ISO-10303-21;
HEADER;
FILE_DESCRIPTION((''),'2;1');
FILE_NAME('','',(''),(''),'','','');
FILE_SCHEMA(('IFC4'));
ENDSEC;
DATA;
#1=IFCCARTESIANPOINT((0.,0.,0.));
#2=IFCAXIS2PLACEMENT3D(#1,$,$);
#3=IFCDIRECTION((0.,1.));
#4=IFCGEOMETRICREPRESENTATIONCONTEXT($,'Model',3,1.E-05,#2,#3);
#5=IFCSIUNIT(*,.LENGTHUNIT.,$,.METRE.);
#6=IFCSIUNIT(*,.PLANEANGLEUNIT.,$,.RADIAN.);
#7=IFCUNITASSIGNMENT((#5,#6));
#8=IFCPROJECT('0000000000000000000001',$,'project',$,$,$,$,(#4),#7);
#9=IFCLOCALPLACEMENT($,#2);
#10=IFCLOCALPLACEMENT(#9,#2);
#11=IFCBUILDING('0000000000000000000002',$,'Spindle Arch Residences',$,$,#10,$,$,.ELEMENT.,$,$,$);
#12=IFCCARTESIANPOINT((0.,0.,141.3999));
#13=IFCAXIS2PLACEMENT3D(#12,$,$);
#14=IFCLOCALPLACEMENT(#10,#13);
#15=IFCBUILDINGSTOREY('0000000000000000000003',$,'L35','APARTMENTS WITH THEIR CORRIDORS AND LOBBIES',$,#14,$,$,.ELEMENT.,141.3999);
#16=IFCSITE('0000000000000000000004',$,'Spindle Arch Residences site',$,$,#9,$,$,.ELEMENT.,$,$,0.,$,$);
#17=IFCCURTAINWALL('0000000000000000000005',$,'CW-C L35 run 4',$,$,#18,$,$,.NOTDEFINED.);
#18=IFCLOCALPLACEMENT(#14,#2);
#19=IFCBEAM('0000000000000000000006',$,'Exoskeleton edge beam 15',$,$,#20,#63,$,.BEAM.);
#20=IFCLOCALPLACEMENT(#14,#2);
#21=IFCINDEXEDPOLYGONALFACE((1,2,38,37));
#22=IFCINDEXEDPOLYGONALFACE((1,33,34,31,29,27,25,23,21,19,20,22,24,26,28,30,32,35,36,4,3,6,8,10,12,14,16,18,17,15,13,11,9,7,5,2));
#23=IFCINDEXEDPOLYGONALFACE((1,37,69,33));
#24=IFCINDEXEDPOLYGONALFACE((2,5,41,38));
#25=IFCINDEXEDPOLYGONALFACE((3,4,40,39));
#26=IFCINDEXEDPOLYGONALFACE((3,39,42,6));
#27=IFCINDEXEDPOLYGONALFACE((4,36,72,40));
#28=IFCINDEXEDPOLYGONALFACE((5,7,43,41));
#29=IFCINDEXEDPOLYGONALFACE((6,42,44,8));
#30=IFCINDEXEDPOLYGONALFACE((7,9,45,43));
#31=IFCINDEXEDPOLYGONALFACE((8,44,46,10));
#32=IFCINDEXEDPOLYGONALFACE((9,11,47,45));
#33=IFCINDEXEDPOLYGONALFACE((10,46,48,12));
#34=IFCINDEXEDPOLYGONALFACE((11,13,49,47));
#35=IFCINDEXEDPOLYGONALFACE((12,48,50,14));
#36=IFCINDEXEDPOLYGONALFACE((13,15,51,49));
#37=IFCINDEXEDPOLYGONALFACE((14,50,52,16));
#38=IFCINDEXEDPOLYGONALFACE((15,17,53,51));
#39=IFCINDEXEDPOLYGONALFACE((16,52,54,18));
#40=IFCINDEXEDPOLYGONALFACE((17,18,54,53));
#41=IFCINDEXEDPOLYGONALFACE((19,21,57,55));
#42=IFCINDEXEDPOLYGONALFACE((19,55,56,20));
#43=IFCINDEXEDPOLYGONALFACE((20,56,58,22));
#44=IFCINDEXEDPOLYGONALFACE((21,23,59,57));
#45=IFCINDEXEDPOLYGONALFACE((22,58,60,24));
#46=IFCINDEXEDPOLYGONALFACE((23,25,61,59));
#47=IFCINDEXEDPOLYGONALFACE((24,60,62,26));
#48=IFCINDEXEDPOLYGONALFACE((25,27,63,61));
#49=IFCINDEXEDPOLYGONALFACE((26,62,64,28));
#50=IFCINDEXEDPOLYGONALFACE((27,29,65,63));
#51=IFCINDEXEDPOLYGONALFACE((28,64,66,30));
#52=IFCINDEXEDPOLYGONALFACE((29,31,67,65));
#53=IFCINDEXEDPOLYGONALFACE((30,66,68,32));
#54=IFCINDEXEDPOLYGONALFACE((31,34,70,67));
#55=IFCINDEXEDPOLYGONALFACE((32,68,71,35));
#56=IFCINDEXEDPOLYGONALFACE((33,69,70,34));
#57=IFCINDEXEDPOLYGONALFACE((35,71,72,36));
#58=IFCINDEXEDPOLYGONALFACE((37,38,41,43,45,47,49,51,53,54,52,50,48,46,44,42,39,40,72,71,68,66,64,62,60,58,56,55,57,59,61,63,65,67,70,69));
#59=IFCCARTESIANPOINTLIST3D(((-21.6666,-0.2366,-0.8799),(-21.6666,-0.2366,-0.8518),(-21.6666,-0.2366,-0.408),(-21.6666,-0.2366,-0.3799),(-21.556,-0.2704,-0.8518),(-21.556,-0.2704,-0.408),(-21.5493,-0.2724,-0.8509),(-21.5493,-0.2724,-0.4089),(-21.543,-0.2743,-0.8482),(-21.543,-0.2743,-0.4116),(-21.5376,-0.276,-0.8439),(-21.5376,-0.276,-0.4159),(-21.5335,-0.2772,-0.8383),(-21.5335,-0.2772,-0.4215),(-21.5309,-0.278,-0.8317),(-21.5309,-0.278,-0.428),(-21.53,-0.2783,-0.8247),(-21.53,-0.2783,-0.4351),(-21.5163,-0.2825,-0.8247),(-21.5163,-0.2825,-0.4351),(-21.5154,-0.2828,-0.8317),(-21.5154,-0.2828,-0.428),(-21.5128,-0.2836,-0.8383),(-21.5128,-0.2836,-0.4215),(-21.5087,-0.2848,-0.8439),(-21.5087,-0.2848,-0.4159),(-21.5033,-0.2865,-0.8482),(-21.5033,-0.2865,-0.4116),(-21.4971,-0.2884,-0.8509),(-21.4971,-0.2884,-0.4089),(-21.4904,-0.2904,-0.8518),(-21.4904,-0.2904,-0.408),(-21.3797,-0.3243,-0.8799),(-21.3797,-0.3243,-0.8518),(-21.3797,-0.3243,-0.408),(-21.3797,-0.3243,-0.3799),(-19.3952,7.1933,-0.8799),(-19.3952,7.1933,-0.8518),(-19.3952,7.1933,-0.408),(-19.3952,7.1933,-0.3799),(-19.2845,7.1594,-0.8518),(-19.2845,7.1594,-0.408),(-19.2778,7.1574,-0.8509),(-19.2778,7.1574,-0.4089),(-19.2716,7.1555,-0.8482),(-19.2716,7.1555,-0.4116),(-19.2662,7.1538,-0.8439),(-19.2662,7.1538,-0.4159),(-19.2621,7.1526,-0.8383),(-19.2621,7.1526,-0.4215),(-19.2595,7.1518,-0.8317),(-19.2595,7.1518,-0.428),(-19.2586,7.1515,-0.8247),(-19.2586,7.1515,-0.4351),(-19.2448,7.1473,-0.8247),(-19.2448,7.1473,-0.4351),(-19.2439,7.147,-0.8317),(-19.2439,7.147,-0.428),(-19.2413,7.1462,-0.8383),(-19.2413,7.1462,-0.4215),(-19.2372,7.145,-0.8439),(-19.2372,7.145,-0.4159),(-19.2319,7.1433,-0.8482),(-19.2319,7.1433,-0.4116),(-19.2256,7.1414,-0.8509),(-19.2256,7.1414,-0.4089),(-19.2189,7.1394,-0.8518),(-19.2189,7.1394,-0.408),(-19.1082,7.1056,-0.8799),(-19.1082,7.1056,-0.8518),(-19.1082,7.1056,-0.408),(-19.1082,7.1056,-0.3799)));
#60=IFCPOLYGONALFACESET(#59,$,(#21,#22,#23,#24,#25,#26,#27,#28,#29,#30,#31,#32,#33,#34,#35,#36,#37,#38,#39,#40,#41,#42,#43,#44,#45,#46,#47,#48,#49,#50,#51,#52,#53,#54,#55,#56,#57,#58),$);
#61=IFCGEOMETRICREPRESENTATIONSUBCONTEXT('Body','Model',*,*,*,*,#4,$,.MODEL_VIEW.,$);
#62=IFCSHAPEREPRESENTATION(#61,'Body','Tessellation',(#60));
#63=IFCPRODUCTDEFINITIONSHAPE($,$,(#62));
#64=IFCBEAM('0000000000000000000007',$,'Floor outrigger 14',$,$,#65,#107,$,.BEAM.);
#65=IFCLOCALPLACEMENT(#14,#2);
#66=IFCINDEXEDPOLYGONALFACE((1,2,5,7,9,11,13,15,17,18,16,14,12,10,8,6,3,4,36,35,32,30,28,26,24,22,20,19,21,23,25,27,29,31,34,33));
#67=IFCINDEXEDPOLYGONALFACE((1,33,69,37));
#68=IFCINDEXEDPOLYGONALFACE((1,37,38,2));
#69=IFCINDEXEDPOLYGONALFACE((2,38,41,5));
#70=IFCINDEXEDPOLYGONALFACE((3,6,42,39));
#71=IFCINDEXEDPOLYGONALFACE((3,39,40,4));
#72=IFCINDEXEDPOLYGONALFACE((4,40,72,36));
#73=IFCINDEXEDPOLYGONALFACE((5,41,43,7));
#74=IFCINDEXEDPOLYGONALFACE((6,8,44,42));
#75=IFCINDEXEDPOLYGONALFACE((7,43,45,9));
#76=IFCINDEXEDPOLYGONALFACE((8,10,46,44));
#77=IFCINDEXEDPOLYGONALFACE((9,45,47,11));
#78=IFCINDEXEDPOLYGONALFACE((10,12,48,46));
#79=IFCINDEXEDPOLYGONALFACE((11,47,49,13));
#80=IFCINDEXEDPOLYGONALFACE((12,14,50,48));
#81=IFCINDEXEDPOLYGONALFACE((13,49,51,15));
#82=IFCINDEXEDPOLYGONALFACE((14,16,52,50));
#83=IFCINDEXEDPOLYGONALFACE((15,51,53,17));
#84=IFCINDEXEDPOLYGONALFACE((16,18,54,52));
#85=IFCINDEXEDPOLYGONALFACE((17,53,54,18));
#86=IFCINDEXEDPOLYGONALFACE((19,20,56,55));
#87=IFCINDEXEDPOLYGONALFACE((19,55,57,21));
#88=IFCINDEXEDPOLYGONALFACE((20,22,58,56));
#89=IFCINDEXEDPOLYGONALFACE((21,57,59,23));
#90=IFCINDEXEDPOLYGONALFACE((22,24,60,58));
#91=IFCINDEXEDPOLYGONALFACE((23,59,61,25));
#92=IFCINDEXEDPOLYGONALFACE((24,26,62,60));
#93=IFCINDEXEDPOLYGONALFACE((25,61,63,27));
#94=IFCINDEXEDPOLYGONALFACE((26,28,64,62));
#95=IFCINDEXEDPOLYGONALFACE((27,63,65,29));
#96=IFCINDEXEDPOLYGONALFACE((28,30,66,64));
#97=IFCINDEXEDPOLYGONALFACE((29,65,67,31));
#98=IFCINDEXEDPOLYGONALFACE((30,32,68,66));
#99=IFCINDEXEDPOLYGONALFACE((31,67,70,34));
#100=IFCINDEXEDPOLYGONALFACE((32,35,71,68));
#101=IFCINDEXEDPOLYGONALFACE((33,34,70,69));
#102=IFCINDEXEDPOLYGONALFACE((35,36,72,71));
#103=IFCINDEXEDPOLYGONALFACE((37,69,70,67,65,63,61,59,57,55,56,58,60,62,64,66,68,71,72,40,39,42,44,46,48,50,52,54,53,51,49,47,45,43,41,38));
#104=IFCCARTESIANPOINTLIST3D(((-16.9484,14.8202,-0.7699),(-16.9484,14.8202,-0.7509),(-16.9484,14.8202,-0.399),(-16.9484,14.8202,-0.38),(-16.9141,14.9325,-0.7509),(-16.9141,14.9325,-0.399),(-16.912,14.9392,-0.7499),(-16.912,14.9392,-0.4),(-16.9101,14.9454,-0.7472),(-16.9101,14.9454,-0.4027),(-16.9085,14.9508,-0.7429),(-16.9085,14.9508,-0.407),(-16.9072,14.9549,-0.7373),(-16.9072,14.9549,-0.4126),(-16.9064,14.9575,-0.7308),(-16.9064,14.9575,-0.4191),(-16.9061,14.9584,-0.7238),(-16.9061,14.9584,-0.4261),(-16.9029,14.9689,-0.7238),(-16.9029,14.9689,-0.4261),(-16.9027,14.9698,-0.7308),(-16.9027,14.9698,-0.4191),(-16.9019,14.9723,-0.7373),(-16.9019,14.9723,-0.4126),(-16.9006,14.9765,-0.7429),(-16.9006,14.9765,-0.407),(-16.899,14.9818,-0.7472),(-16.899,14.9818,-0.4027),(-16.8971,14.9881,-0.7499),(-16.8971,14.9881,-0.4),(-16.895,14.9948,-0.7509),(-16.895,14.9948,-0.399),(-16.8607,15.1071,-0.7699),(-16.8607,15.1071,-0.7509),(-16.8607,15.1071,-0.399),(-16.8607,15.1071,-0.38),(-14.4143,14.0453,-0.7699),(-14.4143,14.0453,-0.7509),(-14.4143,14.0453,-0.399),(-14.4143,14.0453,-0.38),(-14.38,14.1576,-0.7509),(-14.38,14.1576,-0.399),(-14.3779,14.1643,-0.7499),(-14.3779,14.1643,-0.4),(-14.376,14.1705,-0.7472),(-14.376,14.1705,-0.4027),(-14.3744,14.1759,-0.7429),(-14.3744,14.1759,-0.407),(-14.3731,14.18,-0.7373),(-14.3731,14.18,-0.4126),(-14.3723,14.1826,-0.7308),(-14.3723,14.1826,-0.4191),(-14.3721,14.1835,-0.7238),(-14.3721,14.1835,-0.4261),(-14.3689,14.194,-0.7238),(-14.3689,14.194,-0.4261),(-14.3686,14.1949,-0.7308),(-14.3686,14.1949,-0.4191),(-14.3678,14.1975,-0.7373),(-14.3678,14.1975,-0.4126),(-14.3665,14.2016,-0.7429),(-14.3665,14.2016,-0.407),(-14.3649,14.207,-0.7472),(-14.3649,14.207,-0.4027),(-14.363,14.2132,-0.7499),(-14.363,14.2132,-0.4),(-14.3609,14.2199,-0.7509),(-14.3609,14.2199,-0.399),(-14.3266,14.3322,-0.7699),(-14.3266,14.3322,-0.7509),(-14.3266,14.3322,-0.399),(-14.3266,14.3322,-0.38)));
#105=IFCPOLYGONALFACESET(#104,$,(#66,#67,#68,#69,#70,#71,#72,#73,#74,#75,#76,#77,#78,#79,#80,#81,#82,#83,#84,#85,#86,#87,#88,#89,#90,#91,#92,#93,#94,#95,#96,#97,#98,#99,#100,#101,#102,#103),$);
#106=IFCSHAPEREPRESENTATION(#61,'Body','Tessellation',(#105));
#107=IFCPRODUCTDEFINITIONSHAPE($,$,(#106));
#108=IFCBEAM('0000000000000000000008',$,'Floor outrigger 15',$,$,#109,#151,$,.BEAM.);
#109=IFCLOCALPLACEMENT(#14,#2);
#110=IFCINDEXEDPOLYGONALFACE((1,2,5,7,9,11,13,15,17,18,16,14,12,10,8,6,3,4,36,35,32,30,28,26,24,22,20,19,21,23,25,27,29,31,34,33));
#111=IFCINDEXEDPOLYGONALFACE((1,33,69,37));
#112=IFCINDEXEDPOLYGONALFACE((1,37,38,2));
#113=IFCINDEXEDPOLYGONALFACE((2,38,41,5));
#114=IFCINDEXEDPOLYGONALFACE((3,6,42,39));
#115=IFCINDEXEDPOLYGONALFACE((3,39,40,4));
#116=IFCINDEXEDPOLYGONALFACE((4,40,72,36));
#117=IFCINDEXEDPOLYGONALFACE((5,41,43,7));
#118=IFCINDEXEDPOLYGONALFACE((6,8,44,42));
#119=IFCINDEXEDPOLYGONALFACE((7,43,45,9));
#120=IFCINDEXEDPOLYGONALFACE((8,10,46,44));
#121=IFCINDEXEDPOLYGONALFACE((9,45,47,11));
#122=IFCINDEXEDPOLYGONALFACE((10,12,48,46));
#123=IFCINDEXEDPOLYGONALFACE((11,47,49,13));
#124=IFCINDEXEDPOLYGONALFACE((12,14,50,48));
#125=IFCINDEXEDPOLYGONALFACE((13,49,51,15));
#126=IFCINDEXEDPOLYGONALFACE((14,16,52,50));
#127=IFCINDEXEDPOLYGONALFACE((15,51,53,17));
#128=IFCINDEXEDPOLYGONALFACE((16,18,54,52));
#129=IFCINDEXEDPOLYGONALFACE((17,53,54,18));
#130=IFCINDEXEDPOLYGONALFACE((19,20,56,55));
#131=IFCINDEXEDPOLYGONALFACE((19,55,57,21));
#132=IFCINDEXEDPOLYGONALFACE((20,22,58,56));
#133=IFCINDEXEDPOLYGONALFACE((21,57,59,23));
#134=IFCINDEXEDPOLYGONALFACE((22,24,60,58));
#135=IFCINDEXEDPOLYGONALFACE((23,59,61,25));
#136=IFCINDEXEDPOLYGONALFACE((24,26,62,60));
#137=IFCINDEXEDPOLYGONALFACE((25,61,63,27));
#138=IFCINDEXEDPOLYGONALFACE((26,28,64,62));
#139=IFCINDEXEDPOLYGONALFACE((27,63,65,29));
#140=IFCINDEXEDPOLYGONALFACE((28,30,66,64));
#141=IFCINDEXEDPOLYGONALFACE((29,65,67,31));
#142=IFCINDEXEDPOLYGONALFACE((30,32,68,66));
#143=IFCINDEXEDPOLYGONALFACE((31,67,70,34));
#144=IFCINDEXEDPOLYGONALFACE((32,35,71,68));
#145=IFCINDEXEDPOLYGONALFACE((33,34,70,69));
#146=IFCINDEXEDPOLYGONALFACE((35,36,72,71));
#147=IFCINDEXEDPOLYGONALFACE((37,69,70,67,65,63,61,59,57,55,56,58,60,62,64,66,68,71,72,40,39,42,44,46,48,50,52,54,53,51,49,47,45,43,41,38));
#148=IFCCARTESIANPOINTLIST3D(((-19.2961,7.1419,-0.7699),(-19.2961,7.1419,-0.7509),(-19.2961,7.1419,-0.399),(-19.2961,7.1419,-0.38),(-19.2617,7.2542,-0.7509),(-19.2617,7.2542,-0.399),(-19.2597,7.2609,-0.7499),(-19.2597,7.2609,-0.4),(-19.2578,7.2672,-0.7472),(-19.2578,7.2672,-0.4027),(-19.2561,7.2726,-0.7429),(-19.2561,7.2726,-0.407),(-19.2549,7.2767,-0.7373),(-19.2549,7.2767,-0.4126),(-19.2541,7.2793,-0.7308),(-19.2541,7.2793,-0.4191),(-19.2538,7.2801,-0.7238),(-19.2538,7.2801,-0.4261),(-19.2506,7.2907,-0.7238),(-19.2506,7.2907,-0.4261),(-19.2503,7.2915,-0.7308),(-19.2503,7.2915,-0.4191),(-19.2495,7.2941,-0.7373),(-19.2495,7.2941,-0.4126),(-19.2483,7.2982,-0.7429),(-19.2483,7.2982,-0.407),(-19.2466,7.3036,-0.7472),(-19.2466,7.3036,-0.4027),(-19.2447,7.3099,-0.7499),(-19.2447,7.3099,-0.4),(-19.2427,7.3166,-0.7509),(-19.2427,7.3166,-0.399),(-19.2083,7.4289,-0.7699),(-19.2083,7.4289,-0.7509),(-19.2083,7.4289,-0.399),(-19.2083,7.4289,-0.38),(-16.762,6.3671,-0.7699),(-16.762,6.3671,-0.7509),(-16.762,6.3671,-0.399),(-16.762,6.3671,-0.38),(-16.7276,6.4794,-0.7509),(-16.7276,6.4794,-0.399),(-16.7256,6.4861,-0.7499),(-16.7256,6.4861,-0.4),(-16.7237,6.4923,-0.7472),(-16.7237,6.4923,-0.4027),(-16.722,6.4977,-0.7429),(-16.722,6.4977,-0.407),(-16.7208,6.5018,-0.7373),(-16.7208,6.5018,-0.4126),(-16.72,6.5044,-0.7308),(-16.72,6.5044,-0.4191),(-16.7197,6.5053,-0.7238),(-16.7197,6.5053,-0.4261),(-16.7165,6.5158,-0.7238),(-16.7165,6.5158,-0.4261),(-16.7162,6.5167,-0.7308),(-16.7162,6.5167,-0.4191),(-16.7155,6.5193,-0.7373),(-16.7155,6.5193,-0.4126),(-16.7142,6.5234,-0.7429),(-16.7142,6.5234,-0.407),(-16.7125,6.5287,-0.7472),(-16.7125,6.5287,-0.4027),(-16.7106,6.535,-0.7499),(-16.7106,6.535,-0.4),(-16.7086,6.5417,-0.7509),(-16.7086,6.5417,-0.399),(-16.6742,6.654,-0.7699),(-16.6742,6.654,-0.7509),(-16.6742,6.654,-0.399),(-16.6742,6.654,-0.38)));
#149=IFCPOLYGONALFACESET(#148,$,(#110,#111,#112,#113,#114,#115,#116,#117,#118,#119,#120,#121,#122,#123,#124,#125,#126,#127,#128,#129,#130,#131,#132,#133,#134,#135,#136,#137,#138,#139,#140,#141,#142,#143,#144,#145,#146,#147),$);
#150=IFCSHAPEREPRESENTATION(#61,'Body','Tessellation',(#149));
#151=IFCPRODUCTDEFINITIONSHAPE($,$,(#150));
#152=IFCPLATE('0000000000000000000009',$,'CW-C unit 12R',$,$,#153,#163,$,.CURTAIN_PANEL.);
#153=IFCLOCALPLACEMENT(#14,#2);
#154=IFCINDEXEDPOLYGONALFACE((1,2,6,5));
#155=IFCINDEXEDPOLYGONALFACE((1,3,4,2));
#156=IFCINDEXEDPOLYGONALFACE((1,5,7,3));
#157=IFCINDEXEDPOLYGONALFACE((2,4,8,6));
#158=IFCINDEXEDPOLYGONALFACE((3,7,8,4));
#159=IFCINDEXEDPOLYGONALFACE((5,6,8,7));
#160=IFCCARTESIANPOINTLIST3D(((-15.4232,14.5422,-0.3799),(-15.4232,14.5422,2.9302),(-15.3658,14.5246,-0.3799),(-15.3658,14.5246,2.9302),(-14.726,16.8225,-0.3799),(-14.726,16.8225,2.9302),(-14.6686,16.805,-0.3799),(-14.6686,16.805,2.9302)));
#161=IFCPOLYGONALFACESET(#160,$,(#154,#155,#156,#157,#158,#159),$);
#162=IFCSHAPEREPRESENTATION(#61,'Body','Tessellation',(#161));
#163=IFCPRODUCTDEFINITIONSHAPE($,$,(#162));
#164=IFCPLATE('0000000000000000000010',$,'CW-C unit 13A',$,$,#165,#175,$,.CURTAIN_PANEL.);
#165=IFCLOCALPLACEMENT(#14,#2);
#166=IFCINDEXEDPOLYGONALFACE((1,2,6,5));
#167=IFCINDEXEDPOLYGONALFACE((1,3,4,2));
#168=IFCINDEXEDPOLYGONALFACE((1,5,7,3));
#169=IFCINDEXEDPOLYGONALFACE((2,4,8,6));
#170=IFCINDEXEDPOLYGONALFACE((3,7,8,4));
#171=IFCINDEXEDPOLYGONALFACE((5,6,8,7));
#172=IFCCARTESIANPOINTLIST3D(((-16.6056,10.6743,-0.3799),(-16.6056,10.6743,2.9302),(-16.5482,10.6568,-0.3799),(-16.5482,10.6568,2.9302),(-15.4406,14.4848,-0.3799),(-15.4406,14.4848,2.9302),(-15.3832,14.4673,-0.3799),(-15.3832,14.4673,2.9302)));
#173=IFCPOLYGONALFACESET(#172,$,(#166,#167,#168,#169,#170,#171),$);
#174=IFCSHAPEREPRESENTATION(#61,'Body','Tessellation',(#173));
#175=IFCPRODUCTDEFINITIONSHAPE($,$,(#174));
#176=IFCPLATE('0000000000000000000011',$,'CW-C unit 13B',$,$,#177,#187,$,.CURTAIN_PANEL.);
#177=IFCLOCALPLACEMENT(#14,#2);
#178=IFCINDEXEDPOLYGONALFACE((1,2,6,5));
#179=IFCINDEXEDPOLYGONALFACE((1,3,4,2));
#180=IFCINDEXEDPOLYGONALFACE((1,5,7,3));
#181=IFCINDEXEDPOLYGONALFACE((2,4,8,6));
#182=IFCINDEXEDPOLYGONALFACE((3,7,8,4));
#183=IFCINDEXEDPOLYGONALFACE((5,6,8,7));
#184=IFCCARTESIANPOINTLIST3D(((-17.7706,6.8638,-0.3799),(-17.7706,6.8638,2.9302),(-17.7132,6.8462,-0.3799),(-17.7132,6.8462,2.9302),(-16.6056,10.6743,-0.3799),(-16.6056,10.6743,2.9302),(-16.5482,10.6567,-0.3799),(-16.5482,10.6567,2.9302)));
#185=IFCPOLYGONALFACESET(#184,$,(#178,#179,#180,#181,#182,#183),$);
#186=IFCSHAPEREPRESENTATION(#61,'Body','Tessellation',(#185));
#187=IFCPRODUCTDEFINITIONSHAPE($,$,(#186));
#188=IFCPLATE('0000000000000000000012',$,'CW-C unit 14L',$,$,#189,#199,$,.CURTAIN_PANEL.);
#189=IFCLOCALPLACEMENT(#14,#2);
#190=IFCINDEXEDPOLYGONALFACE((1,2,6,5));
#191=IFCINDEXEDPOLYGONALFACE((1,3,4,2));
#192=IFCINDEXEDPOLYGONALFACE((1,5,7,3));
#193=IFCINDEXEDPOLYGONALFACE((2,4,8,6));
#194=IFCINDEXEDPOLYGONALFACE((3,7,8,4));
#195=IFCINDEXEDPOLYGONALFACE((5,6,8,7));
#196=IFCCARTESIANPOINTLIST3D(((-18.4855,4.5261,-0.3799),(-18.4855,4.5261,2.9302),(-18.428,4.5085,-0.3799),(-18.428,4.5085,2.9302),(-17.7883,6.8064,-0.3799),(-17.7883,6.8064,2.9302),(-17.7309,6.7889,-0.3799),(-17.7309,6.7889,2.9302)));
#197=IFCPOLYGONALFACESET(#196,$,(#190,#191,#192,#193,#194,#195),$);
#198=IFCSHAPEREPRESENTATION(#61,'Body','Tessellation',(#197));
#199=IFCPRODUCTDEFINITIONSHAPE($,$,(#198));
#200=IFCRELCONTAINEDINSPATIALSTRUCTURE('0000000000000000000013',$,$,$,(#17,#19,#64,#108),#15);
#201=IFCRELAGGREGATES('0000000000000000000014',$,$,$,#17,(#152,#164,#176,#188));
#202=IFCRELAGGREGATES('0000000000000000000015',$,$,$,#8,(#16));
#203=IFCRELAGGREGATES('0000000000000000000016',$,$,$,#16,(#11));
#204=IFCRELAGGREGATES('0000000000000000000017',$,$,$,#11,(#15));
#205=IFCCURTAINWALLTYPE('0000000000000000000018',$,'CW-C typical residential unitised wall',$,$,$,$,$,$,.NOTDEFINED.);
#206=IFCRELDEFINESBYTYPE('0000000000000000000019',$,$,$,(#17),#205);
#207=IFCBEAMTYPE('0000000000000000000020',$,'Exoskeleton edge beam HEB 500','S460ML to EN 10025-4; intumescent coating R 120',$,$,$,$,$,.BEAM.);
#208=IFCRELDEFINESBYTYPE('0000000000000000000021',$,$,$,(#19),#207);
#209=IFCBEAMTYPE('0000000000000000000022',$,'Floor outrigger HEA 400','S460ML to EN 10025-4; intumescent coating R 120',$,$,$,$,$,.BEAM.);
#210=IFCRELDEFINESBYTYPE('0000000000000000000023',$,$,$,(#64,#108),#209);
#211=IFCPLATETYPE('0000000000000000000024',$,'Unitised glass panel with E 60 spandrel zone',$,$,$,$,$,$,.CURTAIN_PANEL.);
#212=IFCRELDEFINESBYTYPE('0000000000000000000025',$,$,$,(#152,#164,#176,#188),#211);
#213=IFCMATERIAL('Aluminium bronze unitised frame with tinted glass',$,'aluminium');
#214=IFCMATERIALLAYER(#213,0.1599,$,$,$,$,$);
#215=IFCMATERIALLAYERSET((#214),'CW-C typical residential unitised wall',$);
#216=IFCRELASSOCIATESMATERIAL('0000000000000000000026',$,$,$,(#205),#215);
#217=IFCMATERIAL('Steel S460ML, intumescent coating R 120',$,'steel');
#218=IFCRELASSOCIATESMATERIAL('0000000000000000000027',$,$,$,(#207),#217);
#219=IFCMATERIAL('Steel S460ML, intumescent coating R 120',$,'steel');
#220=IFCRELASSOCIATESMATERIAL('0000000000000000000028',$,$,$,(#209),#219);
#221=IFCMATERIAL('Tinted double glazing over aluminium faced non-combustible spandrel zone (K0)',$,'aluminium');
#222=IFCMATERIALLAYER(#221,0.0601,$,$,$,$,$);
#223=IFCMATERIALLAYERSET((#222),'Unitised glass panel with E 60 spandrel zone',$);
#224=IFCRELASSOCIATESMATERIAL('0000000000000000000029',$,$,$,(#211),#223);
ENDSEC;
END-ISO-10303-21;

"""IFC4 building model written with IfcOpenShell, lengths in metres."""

from ifc_helpers import new_model, si_unit, direction, frame, origin, origin_2d, place, context, subcontext, project, spatial, rectangle, i_section, extrude, material, layer, layer_set, material_profile, profile_set, type_object, element, aggregate, save


model = new_model("IFC4")

# Units and contexts
model_context = context("Model", 3, precision=1e-05, world=origin(), true_north=direction((0.0, 1.0)))
body_context = subcontext(model_context, "Body", "Model", "MODEL_VIEW")
ifc_project = project(units=[si_unit("LENGTHUNIT", "METRE"), si_unit("PLANEANGLEUNIT", "RADIAN")], contexts=[model_context])

# Site, building, storey
site_placement = place(None, origin())
site = spatial("IfcSite", under=ifc_project, at=site_placement, Name="Spindle Arch Residences site", CompositionType="ELEMENT", RefElevation=0.0)
building_placement = place(site_placement, origin())
building = spatial("IfcBuilding", under=site, at=building_placement, Name="Spindle Arch Residences", CompositionType="ELEMENT")
storey_placement = place(building_placement, frame((0.0, 0.0, 141.3999)))
storey = spatial("IfcBuildingStorey", under=building, at=storey_placement, Name="L35", Description="APARTMENTS WITH THEIR CORRIDORS AND LOBBIES", CompositionType="ELEMENT", Elevation=141.3999)

# Curtain wall
ifc_material_1 = material(Name="Aluminium bronze unitised frame with tinted glass", Category="aluminium")
ifc_layer_1 = layer(ifc_material_1, 0.1599)
ifc_layer_set_1 = layer_set([ifc_layer_1], Name="CW-C typical residential unitised wall")
curtain_wall_type = type_object("IfcCurtainWallType", Name="CW-C typical residential unitised wall", PredefinedType="NOTDEFINED", material=ifc_layer_set_1)
curtain_wall_placement = place(storey_placement, origin())
curtain_wall = element("IfcCurtainWall", 1, at=curtain_wall_placement, inside=storey, type_object=curtain_wall_type, Name="CW-C L35 run 4", PredefinedType="NOTDEFINED")

# Beams
ifc_material_2 = material(Name="Steel S460ML, intumescent coating R 120", Category="steel")
ifc_material_profile_1 = material_profile(ifc_material_2, i_section(OverallWidth=0.3, OverallDepth=0.5, WebThickness=0.0144, FlangeThickness=0.0281, FilletRadius=0.0271, at=origin_2d()), Name="HEB 500")
ifc_profile_set_1 = profile_set([ifc_material_profile_1], Name="Steel S460ML, intumescent coating R 120")
beam_type_1 = type_object("IfcBeamType", Name="Exoskeleton edge beam HEB 500", Description="S460ML to EN 10025-4; intumescent coating R 120", PredefinedType="BEAM", material=ifc_profile_set_1)
beam_1_placement = place(storey_placement, frame((-19.2517, 7.1494, -0.6299), z_axis=(-0.292363, -0.956307, 0.0), x_axis=(0.956307, -0.292363, 0.0)))
element("IfcBeam", 2, at=beam_1_placement, inside=storey, type_object=beam_type_1, Name="Exoskeleton edge beam 15", PredefinedType="BEAM", context=body_context, shape_type="SweptSolid", body=[
    extrude(i_section(OverallWidth=0.3, OverallDepth=0.5, WebThickness=0.0144, FlangeThickness=0.0281, FilletRadius=0.0271, at=origin_2d()), origin(), (0.0, 0.0, 1.0), 7.7693),
])
ifc_material_3 = material(Name="Steel S460ML, intumescent coating R 120", Category="steel")
ifc_material_profile_2 = material_profile(ifc_material_3, i_section(OverallWidth=0.3, OverallDepth=0.3899, WebThickness=0.011, FlangeThickness=0.019, FilletRadius=0.0271, at=origin_2d()), Name="HEA 400")
ifc_profile_set_2 = profile_set([ifc_material_profile_2], Name="Steel S460ML, intumescent coating R 120")
beam_type_2 = type_object("IfcBeamType", Name="Floor outrigger HEA 400", Description="S460ML to EN 10025-4; intumescent coating R 120", PredefinedType="BEAM", material=ifc_profile_set_2)
for number, where, z_axis, x_axis, name in (
    (3, (-16.9045, 14.9636, -0.575), (0.956291, -0.292415, 0.0), (0.292415, 0.956291, 0.0), "Floor outrigger 14"),
    (4, (-19.2522, 7.2854, -0.575), (0.956291, -0.292415, 0.0), (0.292415, 0.956291, 0.0), "Floor outrigger 15"),
):
    element("IfcBeam", number, at=place(storey_placement, frame(where, z_axis=z_axis, x_axis=x_axis)), inside=storey, type_object=beam_type_2, Name=name, PredefinedType="BEAM", context=body_context, shape_type="SweptSolid", body=[
        extrude(i_section(OverallWidth=0.3, OverallDepth=0.3899, WebThickness=0.011, FlangeThickness=0.019, FilletRadius=0.0271, at=origin_2d()), origin(), (0.0, 0.0, 1.0), 2.6499),
    ])

# Plates
ifc_material_4 = material(Name="Tinted double glazing over aluminium faced non-combustible spandrel zone (K0)", Category="aluminium")
ifc_layer_2 = layer(ifc_material_4, 0.0601)
ifc_layer_set_2 = layer_set([ifc_layer_2], Name="Unitised glass panel with E 60 spandrel zone")
plate_type = type_object("IfcPlateType", Name="Unitised glass panel with E 60 spandrel zone", PredefinedType="CURTAIN_PANEL", material=ifc_layer_set_2)
plate_1_placement = place(storey_placement, frame((-15.0459, 15.6736, -0.3799), z_axis=(0.0, 0.0, 1.0), x_axis=(-0.292372, -0.956305, 0.0)))
plate_1 = element("IfcPlate", 5, at=plate_1_placement, type_object=plate_type, Name="CW-C unit 12R", PredefinedType="CURTAIN_PANEL", context=body_context, shape_type="SweptSolid", body=[
    extrude(rectangle(XDim=2.3845, YDim=0.0601, at=origin_2d()), origin(), (0.0, 0.0, 1.0), 3.3101),
])
plate_2_placement = place(storey_placement, frame((-15.9944, 12.5708, -0.3799), z_axis=(0.0, 0.0, 1.0), x_axis=(-0.292372, -0.956305, 0.0)))
plate_2 = element("IfcPlate", 6, at=plate_2_placement, type_object=plate_type, Name="CW-C unit 13A", PredefinedType="CURTAIN_PANEL", context=body_context, shape_type="SweptSolid", body=[
    extrude(rectangle(XDim=3.9846, YDim=0.0601, at=origin_2d()), origin(), (0.0, 0.0, 1.0), 3.3101),
])
plate_3_placement = place(storey_placement, frame((-17.1594, 8.7603, -0.3799), z_axis=(0.0, 0.0, 1.0), x_axis=(-0.292372, -0.956305, 0.0)))
plate_3 = element("IfcPlate", 7, at=plate_3_placement, type_object=plate_type, Name="CW-C unit 13B", PredefinedType="CURTAIN_PANEL", context=body_context, shape_type="SweptSolid", body=[
    extrude(rectangle(XDim=3.9846, YDim=0.0601, at=origin_2d()), origin(), (0.0, 0.0, 1.0), 3.3101),
])
plate_4_placement = place(storey_placement, frame((-18.1082, 5.6575, -0.3799), z_axis=(0.0, 0.0, 1.0), x_axis=(-0.292372, -0.956305, 0.0)))
plate_4 = element("IfcPlate", 8, at=plate_4_placement, type_object=plate_type, Name="CW-C unit 14L", PredefinedType="CURTAIN_PANEL", context=body_context, shape_type="SweptSolid", body=[
    extrude(rectangle(XDim=2.3845, YDim=0.0601, at=origin_2d()), origin(), (0.0, 0.0, 1.0), 3.3101),
])
aggregate(curtain_wall, [plate_1, plate_2, plate_3, plate_4])

save(model, "model.ifc")
